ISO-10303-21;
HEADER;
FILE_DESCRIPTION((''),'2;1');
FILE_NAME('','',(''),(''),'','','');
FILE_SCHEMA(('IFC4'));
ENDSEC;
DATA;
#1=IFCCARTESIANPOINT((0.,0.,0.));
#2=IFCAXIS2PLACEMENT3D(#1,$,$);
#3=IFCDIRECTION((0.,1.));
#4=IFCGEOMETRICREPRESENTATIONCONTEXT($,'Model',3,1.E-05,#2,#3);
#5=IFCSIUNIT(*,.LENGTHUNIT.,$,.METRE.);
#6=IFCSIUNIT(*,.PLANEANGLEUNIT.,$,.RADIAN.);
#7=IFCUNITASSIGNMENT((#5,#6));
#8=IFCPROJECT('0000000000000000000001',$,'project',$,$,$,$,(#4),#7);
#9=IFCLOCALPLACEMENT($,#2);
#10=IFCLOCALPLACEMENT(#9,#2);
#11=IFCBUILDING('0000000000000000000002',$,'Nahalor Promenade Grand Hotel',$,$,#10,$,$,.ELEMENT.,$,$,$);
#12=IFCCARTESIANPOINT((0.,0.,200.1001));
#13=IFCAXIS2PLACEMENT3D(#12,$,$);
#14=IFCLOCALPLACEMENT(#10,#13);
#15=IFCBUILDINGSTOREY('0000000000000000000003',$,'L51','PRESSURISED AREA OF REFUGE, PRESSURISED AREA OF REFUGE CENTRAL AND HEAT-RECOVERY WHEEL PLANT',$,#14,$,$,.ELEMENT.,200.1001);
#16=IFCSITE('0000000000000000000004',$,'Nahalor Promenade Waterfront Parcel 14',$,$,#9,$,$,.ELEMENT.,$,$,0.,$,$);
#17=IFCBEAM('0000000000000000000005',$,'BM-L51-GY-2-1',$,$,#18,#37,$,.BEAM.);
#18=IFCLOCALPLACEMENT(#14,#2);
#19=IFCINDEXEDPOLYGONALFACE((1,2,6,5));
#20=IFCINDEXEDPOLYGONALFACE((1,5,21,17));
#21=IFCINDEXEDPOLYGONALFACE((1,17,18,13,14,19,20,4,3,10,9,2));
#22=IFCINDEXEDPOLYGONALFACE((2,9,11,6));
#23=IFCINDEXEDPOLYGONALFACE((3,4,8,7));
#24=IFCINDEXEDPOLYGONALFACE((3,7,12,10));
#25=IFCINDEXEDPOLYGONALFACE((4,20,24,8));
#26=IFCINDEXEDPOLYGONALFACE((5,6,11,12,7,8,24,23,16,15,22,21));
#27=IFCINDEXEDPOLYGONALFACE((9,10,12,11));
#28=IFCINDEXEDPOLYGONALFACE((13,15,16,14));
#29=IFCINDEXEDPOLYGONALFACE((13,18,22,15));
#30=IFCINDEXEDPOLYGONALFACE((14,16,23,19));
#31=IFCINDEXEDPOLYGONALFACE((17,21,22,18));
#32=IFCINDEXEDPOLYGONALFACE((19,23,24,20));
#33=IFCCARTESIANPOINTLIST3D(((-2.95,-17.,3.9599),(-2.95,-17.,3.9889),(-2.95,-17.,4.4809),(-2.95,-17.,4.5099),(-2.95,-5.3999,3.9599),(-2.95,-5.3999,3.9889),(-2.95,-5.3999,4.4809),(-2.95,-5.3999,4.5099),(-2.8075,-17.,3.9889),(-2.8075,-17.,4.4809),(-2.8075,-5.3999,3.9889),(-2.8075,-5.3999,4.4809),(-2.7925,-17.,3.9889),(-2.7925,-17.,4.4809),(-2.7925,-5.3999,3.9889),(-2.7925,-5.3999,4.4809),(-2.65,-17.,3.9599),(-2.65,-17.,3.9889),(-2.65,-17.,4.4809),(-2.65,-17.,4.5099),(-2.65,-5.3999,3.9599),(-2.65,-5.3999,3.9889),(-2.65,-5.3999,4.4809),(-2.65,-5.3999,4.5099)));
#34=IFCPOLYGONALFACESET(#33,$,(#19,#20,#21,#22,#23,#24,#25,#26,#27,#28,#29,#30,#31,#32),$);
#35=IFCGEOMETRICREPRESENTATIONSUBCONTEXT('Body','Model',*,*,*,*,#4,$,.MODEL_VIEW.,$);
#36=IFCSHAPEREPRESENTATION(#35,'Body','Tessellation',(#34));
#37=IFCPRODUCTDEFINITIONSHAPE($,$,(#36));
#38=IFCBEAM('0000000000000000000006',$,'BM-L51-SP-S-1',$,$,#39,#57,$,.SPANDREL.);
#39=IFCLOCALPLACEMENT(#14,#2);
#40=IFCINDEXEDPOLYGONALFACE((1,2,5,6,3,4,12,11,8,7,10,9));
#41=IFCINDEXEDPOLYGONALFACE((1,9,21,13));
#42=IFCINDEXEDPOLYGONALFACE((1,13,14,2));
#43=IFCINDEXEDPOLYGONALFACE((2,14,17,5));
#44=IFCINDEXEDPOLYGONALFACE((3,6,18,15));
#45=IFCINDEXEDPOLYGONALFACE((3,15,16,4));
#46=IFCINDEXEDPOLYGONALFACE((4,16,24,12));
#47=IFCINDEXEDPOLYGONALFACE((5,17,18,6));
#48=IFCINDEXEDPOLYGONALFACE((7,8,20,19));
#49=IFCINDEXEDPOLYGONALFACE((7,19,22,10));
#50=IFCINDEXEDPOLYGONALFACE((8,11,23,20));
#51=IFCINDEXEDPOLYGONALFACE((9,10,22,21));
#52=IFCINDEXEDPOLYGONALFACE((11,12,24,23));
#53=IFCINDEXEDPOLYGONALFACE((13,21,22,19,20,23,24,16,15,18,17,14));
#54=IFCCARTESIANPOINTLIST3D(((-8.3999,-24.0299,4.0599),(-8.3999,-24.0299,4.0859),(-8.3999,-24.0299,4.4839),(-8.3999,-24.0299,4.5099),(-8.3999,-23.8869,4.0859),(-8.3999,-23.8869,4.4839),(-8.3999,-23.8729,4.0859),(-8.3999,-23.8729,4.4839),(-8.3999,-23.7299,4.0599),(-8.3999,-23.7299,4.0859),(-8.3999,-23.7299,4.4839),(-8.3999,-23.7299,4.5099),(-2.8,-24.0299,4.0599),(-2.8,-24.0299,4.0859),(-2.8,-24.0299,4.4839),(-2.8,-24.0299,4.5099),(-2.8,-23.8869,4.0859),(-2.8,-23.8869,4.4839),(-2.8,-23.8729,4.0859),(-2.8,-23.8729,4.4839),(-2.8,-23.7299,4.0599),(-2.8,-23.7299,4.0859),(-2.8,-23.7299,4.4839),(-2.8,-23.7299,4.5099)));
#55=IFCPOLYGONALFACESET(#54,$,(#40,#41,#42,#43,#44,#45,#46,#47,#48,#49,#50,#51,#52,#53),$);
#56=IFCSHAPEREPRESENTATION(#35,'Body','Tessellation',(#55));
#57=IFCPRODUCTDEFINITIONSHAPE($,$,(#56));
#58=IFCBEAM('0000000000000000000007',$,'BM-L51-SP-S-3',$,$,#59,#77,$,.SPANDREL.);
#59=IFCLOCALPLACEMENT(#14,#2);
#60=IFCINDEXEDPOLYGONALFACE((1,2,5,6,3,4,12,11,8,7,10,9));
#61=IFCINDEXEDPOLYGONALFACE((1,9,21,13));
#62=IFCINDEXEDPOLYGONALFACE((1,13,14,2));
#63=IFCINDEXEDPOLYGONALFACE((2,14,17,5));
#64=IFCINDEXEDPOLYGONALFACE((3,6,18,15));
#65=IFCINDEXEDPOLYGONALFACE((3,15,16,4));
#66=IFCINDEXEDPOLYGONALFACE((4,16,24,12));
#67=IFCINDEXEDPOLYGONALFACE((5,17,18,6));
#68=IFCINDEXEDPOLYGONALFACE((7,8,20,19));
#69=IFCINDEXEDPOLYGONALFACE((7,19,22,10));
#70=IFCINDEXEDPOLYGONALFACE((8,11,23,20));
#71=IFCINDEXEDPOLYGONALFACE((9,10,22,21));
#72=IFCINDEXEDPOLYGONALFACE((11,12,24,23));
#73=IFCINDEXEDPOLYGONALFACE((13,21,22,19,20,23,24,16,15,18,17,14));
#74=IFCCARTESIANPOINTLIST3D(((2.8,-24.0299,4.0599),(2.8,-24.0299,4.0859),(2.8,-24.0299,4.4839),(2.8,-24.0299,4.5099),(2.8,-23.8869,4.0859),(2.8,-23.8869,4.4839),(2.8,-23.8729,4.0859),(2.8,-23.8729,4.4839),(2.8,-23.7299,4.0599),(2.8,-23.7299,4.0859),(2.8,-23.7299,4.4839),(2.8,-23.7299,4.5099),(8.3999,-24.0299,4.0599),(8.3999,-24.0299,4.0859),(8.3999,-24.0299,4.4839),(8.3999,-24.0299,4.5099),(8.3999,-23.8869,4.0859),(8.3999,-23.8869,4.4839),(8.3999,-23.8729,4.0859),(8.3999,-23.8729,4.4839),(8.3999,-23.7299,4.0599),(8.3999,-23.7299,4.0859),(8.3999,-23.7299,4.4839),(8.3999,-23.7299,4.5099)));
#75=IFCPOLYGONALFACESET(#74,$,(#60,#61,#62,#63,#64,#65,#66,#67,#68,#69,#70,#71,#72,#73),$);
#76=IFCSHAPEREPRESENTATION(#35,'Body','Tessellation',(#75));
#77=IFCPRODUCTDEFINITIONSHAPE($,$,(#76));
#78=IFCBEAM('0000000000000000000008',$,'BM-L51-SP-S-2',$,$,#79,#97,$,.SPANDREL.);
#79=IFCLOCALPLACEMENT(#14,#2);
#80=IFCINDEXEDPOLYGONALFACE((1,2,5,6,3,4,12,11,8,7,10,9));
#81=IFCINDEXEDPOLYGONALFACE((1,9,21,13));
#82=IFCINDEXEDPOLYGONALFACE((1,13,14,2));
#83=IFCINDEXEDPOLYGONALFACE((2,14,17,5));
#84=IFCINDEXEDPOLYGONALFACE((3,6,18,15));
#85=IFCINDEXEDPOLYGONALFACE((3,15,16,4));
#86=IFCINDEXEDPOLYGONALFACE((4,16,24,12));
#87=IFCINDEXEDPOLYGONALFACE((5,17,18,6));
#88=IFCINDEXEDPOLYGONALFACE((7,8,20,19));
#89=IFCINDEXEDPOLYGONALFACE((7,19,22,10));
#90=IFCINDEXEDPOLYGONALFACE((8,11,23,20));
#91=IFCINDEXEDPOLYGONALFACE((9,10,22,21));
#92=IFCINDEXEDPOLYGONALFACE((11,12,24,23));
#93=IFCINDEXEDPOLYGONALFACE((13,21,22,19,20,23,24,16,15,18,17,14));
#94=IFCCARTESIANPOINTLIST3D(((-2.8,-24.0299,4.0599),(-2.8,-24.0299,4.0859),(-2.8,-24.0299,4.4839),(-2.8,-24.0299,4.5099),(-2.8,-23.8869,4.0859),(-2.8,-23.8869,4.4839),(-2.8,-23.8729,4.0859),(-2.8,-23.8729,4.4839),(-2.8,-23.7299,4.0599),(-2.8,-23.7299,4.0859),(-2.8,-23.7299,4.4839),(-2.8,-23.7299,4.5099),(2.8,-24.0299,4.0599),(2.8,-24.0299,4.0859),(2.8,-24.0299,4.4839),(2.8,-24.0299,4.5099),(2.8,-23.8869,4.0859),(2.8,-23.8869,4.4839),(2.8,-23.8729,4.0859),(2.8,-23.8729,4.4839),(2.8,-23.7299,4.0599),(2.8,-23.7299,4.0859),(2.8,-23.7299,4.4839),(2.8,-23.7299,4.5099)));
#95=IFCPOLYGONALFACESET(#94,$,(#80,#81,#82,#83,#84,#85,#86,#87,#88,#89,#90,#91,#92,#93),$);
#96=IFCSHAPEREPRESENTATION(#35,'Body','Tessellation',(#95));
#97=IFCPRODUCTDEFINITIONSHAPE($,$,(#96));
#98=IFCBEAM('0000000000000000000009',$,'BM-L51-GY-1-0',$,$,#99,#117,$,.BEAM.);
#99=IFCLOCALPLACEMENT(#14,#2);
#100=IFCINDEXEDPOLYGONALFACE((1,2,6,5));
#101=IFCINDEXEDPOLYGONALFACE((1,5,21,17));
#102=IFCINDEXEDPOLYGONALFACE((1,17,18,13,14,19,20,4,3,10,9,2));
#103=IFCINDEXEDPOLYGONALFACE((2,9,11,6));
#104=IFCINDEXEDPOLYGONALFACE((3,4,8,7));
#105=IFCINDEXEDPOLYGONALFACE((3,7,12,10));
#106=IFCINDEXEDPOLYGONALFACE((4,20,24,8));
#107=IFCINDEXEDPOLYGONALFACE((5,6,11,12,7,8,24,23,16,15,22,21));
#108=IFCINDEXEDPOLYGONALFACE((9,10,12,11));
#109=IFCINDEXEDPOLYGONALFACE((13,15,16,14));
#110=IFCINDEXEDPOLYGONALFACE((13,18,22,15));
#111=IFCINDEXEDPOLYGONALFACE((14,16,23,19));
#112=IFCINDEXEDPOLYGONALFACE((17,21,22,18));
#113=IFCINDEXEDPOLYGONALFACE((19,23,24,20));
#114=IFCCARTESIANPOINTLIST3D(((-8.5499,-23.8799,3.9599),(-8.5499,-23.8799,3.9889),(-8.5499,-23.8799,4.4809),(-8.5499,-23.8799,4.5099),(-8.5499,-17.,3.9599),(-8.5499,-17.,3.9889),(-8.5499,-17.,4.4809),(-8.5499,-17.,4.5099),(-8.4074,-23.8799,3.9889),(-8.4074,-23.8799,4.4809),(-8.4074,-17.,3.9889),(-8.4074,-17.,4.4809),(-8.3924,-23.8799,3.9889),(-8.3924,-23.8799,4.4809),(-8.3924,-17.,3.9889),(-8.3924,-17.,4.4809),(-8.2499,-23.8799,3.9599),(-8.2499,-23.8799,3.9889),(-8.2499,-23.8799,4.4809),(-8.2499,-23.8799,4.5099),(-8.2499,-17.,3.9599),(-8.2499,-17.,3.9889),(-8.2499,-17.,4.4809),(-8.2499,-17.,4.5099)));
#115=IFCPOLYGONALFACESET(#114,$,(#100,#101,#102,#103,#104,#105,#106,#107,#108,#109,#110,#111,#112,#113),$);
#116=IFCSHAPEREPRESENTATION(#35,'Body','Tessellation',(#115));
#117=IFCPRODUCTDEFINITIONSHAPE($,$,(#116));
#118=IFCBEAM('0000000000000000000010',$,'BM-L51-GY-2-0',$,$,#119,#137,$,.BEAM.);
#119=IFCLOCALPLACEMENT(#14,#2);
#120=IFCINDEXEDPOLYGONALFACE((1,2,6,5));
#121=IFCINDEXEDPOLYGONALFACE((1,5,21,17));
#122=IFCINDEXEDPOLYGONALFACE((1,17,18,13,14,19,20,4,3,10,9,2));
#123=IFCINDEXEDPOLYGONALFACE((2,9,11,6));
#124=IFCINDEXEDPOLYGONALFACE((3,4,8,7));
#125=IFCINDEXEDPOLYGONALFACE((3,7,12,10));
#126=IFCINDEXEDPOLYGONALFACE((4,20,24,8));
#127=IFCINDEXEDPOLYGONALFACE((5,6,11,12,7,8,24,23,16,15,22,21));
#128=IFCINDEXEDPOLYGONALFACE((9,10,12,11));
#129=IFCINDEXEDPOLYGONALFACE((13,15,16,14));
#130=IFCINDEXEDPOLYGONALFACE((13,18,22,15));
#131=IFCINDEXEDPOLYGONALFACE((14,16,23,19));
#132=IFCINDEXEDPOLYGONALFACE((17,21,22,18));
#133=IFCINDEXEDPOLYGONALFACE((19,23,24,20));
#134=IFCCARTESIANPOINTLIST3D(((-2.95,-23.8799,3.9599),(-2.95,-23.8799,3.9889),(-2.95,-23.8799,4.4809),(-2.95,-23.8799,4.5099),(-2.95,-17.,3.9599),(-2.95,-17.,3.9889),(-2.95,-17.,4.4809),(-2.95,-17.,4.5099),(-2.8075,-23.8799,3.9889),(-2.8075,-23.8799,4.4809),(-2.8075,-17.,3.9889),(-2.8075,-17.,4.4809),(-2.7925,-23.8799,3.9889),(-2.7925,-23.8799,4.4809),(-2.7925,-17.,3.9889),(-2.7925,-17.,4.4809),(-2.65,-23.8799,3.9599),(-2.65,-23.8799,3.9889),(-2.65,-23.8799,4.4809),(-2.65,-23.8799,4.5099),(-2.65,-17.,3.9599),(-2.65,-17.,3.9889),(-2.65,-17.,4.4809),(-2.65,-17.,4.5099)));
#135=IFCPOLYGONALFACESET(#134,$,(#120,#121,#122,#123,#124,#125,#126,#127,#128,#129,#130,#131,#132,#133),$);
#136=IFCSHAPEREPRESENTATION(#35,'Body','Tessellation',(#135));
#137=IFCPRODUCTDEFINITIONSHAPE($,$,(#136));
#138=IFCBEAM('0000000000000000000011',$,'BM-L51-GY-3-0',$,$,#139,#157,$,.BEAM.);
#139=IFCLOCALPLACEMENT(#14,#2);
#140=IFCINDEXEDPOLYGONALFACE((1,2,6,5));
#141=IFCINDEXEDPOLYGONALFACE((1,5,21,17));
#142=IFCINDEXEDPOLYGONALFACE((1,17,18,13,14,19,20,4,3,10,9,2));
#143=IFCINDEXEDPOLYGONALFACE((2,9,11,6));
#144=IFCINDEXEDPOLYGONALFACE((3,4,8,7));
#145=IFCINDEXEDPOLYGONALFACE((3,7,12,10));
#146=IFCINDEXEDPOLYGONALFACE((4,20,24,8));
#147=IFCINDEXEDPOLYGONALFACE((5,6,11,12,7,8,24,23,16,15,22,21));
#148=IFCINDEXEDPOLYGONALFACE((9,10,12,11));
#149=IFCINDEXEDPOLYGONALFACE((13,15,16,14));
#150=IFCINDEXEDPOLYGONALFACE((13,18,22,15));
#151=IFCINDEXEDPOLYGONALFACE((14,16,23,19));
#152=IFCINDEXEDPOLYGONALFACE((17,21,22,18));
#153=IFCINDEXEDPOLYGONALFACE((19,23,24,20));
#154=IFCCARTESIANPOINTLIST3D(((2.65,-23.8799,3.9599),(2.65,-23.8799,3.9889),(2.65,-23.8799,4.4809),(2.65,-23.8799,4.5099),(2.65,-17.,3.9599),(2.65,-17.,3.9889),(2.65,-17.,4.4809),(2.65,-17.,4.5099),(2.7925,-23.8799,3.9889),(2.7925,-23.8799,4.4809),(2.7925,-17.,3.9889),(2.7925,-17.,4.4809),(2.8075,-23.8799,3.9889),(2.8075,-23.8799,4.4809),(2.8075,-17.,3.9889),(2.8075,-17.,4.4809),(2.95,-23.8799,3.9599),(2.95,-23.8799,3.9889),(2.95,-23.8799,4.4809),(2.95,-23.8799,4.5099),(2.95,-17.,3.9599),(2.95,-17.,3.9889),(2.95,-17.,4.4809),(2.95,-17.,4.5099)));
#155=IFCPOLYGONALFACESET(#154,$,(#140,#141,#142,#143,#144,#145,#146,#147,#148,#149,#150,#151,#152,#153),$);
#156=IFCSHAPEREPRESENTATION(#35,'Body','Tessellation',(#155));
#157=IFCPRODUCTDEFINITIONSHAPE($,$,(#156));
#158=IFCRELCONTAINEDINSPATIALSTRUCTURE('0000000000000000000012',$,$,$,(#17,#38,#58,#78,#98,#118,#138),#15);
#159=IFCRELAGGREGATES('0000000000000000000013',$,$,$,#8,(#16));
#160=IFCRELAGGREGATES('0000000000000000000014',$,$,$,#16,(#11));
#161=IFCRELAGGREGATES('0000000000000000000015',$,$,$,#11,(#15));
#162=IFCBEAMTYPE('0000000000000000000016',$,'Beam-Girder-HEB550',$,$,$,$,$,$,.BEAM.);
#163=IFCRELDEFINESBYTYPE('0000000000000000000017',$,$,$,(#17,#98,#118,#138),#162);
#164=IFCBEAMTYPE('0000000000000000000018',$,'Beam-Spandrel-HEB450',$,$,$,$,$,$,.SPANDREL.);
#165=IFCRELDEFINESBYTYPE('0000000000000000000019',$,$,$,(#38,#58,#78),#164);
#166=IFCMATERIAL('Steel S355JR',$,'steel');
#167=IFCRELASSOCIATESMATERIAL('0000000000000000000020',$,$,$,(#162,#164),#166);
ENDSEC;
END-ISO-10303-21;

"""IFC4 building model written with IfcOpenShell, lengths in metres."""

from ifc_helpers import new_model, si_unit, direction, frame, origin, origin_2d, place, context, subcontext, project, spatial, i_section, extrude, source, transform, mapped, material, material_profile, profile_set, type_object, element, save


model = new_model("IFC4")

# Units and contexts
model_context = context("Model", 3, precision=1e-05, world=origin(), true_north=direction((0.0, 1.0)))
body_context = subcontext(model_context, "Body", "Model", "MODEL_VIEW")
ifc_project = project(units=[si_unit("LENGTHUNIT", "METRE"), si_unit("PLANEANGLEUNIT", "RADIAN")], contexts=[model_context])

# Site, building, storey
site_placement = place(None, origin())
site = spatial("IfcSite", under=ifc_project, at=site_placement, Name="Nahalor Promenade Waterfront Parcel 14", CompositionType="ELEMENT", RefElevation=0.0)
building_placement = place(site_placement, origin())
building = spatial("IfcBuilding", under=site, at=building_placement, Name="Nahalor Promenade Grand Hotel", CompositionType="ELEMENT")
storey_placement = place(building_placement, frame((0.0, 0.0, 200.1001)))
storey = spatial("IfcBuildingStorey", under=building, at=storey_placement, Name="L51", Description="PRESSURISED AREA OF REFUGE, PRESSURISED AREA OF REFUGE CENTRAL AND HEAT-RECOVERY WHEEL PLANT", CompositionType="ELEMENT", Elevation=200.1001)

# Beams
ifc_material_1 = material(Name="Steel S355JR", Category="steel")
ifc_material_profile_1 = material_profile(ifc_material_1, i_section(OverallWidth=0.3, OverallDepth=0.55, WebThickness=0.015, FlangeThickness=0.029, at=origin_2d()), Name="HEB 550")
ifc_profile_set_1 = profile_set([ifc_material_profile_1], Name="Steel S355JR")
beam_type_1 = type_object("IfcBeamType", Name="Beam-Girder-HEB550", PredefinedType="BEAM", material=ifc_profile_set_1)
shared_shape_1 = source(origin(), body_context, "Body", "SweptSolid", [
    extrude(i_section(OverallWidth=0.3, OverallDepth=0.55, WebThickness=0.015, FlangeThickness=0.029, at=origin_2d()), origin(), (0.0, 0.0, 1.0), 11.6001),
])
for number, where, z_axis, x_axis, name in (
    (1, (-2.8, -17.0, 4.2349), (0.0, 1.0, 0.0), (-1.0, 0.0, 0.0), "BM-L51-GY-2-1"),
):
    element("IfcBeam", number, at=place(storey_placement, frame(where, z_axis=z_axis, x_axis=x_axis)), inside=storey, type_object=beam_type_1, Name=name, PredefinedType="BEAM", context=body_context, shape_type="MappedRepresentation", body=[
        mapped(shared_shape_1, transform((0.0, 0.0, 0.0), scale=1.0)),
    ])
ifc_material_profile_2 = material_profile(ifc_material_1, i_section(OverallWidth=0.3, OverallDepth=0.45, WebThickness=0.014, FlangeThickness=0.026, at=origin_2d()), Name="HEB 450")
ifc_profile_set_2 = profile_set([ifc_material_profile_2], Name="Steel S355JR")
beam_type_2 = type_object("IfcBeamType", Name="Beam-Spandrel-HEB450", PredefinedType="SPANDREL", material=ifc_profile_set_2)
shared_shape_2 = source(origin(), body_context, "Body", "SweptSolid", [
    extrude(i_section(OverallWidth=0.3, OverallDepth=0.45, WebThickness=0.014, FlangeThickness=0.026, at=origin_2d()), origin(), (0.0, 0.0, 1.0), 5.5999),
])
for number, where, z_axis, x_axis, name in (
    (2, (-8.3999, -23.8799, 4.2849), (1.0, 0.0, 0.0), (0.0, 1.0, 0.0), "BM-L51-SP-S-1"),
    (3, (2.8, -23.8799, 4.2849), (1.0, 0.0, 0.0), (0.0, 1.0, 0.0), "BM-L51-SP-S-3"),
):
    element("IfcBeam", number, at=place(storey_placement, frame(where, z_axis=z_axis, x_axis=x_axis)), inside=storey, type_object=beam_type_2, Name=name, PredefinedType="SPANDREL", context=body_context, shape_type="MappedRepresentation", body=[
        mapped(shared_shape_2, transform((0.0, 0.0, 0.0), scale=1.0)),
    ])
shared_shape_3 = source(origin(), body_context, "Body", "SweptSolid", [
    extrude(i_section(OverallWidth=0.3, OverallDepth=0.45, WebThickness=0.014, FlangeThickness=0.026, at=origin_2d()), origin(), (0.0, 0.0, 1.0), 5.6001),
])
beam_1_placement = place(storey_placement, frame((-2.8, -23.8799, 4.2849), z_axis=(1.0, 0.0, 0.0), x_axis=(0.0, 1.0, 0.0)))
element("IfcBeam", 4, at=beam_1_placement, inside=storey, type_object=beam_type_2, Name="BM-L51-SP-S-2", PredefinedType="SPANDREL", context=body_context, shape_type="MappedRepresentation", body=[
    mapped(shared_shape_3, transform((0.0, 0.0, 0.0), scale=1.0)),
])
shared_shape_4 = source(origin(), body_context, "Body", "SweptSolid", [
    extrude(i_section(OverallWidth=0.3, OverallDepth=0.55, WebThickness=0.015, FlangeThickness=0.029, at=origin_2d()), origin(), (0.0, 0.0, 1.0), 6.8799),
])
for number, where, z_axis, x_axis, name in (
    (5, (-8.3999, -23.8799, 4.2349), (0.0, 1.0, 0.0), (-1.0, 0.0, 0.0), "BM-L51-GY-1-0"),
    (6, (-2.8, -23.8799, 4.2349), (0.0, 1.0, 0.0), (-1.0, 0.0, 0.0), "BM-L51-GY-2-0"),
    (7, (2.8, -23.8799, 4.2349), (0.0, 1.0, 0.0), (-1.0, 0.0, 0.0), "BM-L51-GY-3-0"),
):
    element("IfcBeam", number, at=place(storey_placement, frame(where, z_axis=z_axis, x_axis=x_axis)), inside=storey, type_object=beam_type_1, Name=name, PredefinedType="BEAM", context=body_context, shape_type="MappedRepresentation", body=[
        mapped(shared_shape_4, transform((0.0, 0.0, 0.0), scale=1.0)),
    ])

save(model, "model.ifc")
